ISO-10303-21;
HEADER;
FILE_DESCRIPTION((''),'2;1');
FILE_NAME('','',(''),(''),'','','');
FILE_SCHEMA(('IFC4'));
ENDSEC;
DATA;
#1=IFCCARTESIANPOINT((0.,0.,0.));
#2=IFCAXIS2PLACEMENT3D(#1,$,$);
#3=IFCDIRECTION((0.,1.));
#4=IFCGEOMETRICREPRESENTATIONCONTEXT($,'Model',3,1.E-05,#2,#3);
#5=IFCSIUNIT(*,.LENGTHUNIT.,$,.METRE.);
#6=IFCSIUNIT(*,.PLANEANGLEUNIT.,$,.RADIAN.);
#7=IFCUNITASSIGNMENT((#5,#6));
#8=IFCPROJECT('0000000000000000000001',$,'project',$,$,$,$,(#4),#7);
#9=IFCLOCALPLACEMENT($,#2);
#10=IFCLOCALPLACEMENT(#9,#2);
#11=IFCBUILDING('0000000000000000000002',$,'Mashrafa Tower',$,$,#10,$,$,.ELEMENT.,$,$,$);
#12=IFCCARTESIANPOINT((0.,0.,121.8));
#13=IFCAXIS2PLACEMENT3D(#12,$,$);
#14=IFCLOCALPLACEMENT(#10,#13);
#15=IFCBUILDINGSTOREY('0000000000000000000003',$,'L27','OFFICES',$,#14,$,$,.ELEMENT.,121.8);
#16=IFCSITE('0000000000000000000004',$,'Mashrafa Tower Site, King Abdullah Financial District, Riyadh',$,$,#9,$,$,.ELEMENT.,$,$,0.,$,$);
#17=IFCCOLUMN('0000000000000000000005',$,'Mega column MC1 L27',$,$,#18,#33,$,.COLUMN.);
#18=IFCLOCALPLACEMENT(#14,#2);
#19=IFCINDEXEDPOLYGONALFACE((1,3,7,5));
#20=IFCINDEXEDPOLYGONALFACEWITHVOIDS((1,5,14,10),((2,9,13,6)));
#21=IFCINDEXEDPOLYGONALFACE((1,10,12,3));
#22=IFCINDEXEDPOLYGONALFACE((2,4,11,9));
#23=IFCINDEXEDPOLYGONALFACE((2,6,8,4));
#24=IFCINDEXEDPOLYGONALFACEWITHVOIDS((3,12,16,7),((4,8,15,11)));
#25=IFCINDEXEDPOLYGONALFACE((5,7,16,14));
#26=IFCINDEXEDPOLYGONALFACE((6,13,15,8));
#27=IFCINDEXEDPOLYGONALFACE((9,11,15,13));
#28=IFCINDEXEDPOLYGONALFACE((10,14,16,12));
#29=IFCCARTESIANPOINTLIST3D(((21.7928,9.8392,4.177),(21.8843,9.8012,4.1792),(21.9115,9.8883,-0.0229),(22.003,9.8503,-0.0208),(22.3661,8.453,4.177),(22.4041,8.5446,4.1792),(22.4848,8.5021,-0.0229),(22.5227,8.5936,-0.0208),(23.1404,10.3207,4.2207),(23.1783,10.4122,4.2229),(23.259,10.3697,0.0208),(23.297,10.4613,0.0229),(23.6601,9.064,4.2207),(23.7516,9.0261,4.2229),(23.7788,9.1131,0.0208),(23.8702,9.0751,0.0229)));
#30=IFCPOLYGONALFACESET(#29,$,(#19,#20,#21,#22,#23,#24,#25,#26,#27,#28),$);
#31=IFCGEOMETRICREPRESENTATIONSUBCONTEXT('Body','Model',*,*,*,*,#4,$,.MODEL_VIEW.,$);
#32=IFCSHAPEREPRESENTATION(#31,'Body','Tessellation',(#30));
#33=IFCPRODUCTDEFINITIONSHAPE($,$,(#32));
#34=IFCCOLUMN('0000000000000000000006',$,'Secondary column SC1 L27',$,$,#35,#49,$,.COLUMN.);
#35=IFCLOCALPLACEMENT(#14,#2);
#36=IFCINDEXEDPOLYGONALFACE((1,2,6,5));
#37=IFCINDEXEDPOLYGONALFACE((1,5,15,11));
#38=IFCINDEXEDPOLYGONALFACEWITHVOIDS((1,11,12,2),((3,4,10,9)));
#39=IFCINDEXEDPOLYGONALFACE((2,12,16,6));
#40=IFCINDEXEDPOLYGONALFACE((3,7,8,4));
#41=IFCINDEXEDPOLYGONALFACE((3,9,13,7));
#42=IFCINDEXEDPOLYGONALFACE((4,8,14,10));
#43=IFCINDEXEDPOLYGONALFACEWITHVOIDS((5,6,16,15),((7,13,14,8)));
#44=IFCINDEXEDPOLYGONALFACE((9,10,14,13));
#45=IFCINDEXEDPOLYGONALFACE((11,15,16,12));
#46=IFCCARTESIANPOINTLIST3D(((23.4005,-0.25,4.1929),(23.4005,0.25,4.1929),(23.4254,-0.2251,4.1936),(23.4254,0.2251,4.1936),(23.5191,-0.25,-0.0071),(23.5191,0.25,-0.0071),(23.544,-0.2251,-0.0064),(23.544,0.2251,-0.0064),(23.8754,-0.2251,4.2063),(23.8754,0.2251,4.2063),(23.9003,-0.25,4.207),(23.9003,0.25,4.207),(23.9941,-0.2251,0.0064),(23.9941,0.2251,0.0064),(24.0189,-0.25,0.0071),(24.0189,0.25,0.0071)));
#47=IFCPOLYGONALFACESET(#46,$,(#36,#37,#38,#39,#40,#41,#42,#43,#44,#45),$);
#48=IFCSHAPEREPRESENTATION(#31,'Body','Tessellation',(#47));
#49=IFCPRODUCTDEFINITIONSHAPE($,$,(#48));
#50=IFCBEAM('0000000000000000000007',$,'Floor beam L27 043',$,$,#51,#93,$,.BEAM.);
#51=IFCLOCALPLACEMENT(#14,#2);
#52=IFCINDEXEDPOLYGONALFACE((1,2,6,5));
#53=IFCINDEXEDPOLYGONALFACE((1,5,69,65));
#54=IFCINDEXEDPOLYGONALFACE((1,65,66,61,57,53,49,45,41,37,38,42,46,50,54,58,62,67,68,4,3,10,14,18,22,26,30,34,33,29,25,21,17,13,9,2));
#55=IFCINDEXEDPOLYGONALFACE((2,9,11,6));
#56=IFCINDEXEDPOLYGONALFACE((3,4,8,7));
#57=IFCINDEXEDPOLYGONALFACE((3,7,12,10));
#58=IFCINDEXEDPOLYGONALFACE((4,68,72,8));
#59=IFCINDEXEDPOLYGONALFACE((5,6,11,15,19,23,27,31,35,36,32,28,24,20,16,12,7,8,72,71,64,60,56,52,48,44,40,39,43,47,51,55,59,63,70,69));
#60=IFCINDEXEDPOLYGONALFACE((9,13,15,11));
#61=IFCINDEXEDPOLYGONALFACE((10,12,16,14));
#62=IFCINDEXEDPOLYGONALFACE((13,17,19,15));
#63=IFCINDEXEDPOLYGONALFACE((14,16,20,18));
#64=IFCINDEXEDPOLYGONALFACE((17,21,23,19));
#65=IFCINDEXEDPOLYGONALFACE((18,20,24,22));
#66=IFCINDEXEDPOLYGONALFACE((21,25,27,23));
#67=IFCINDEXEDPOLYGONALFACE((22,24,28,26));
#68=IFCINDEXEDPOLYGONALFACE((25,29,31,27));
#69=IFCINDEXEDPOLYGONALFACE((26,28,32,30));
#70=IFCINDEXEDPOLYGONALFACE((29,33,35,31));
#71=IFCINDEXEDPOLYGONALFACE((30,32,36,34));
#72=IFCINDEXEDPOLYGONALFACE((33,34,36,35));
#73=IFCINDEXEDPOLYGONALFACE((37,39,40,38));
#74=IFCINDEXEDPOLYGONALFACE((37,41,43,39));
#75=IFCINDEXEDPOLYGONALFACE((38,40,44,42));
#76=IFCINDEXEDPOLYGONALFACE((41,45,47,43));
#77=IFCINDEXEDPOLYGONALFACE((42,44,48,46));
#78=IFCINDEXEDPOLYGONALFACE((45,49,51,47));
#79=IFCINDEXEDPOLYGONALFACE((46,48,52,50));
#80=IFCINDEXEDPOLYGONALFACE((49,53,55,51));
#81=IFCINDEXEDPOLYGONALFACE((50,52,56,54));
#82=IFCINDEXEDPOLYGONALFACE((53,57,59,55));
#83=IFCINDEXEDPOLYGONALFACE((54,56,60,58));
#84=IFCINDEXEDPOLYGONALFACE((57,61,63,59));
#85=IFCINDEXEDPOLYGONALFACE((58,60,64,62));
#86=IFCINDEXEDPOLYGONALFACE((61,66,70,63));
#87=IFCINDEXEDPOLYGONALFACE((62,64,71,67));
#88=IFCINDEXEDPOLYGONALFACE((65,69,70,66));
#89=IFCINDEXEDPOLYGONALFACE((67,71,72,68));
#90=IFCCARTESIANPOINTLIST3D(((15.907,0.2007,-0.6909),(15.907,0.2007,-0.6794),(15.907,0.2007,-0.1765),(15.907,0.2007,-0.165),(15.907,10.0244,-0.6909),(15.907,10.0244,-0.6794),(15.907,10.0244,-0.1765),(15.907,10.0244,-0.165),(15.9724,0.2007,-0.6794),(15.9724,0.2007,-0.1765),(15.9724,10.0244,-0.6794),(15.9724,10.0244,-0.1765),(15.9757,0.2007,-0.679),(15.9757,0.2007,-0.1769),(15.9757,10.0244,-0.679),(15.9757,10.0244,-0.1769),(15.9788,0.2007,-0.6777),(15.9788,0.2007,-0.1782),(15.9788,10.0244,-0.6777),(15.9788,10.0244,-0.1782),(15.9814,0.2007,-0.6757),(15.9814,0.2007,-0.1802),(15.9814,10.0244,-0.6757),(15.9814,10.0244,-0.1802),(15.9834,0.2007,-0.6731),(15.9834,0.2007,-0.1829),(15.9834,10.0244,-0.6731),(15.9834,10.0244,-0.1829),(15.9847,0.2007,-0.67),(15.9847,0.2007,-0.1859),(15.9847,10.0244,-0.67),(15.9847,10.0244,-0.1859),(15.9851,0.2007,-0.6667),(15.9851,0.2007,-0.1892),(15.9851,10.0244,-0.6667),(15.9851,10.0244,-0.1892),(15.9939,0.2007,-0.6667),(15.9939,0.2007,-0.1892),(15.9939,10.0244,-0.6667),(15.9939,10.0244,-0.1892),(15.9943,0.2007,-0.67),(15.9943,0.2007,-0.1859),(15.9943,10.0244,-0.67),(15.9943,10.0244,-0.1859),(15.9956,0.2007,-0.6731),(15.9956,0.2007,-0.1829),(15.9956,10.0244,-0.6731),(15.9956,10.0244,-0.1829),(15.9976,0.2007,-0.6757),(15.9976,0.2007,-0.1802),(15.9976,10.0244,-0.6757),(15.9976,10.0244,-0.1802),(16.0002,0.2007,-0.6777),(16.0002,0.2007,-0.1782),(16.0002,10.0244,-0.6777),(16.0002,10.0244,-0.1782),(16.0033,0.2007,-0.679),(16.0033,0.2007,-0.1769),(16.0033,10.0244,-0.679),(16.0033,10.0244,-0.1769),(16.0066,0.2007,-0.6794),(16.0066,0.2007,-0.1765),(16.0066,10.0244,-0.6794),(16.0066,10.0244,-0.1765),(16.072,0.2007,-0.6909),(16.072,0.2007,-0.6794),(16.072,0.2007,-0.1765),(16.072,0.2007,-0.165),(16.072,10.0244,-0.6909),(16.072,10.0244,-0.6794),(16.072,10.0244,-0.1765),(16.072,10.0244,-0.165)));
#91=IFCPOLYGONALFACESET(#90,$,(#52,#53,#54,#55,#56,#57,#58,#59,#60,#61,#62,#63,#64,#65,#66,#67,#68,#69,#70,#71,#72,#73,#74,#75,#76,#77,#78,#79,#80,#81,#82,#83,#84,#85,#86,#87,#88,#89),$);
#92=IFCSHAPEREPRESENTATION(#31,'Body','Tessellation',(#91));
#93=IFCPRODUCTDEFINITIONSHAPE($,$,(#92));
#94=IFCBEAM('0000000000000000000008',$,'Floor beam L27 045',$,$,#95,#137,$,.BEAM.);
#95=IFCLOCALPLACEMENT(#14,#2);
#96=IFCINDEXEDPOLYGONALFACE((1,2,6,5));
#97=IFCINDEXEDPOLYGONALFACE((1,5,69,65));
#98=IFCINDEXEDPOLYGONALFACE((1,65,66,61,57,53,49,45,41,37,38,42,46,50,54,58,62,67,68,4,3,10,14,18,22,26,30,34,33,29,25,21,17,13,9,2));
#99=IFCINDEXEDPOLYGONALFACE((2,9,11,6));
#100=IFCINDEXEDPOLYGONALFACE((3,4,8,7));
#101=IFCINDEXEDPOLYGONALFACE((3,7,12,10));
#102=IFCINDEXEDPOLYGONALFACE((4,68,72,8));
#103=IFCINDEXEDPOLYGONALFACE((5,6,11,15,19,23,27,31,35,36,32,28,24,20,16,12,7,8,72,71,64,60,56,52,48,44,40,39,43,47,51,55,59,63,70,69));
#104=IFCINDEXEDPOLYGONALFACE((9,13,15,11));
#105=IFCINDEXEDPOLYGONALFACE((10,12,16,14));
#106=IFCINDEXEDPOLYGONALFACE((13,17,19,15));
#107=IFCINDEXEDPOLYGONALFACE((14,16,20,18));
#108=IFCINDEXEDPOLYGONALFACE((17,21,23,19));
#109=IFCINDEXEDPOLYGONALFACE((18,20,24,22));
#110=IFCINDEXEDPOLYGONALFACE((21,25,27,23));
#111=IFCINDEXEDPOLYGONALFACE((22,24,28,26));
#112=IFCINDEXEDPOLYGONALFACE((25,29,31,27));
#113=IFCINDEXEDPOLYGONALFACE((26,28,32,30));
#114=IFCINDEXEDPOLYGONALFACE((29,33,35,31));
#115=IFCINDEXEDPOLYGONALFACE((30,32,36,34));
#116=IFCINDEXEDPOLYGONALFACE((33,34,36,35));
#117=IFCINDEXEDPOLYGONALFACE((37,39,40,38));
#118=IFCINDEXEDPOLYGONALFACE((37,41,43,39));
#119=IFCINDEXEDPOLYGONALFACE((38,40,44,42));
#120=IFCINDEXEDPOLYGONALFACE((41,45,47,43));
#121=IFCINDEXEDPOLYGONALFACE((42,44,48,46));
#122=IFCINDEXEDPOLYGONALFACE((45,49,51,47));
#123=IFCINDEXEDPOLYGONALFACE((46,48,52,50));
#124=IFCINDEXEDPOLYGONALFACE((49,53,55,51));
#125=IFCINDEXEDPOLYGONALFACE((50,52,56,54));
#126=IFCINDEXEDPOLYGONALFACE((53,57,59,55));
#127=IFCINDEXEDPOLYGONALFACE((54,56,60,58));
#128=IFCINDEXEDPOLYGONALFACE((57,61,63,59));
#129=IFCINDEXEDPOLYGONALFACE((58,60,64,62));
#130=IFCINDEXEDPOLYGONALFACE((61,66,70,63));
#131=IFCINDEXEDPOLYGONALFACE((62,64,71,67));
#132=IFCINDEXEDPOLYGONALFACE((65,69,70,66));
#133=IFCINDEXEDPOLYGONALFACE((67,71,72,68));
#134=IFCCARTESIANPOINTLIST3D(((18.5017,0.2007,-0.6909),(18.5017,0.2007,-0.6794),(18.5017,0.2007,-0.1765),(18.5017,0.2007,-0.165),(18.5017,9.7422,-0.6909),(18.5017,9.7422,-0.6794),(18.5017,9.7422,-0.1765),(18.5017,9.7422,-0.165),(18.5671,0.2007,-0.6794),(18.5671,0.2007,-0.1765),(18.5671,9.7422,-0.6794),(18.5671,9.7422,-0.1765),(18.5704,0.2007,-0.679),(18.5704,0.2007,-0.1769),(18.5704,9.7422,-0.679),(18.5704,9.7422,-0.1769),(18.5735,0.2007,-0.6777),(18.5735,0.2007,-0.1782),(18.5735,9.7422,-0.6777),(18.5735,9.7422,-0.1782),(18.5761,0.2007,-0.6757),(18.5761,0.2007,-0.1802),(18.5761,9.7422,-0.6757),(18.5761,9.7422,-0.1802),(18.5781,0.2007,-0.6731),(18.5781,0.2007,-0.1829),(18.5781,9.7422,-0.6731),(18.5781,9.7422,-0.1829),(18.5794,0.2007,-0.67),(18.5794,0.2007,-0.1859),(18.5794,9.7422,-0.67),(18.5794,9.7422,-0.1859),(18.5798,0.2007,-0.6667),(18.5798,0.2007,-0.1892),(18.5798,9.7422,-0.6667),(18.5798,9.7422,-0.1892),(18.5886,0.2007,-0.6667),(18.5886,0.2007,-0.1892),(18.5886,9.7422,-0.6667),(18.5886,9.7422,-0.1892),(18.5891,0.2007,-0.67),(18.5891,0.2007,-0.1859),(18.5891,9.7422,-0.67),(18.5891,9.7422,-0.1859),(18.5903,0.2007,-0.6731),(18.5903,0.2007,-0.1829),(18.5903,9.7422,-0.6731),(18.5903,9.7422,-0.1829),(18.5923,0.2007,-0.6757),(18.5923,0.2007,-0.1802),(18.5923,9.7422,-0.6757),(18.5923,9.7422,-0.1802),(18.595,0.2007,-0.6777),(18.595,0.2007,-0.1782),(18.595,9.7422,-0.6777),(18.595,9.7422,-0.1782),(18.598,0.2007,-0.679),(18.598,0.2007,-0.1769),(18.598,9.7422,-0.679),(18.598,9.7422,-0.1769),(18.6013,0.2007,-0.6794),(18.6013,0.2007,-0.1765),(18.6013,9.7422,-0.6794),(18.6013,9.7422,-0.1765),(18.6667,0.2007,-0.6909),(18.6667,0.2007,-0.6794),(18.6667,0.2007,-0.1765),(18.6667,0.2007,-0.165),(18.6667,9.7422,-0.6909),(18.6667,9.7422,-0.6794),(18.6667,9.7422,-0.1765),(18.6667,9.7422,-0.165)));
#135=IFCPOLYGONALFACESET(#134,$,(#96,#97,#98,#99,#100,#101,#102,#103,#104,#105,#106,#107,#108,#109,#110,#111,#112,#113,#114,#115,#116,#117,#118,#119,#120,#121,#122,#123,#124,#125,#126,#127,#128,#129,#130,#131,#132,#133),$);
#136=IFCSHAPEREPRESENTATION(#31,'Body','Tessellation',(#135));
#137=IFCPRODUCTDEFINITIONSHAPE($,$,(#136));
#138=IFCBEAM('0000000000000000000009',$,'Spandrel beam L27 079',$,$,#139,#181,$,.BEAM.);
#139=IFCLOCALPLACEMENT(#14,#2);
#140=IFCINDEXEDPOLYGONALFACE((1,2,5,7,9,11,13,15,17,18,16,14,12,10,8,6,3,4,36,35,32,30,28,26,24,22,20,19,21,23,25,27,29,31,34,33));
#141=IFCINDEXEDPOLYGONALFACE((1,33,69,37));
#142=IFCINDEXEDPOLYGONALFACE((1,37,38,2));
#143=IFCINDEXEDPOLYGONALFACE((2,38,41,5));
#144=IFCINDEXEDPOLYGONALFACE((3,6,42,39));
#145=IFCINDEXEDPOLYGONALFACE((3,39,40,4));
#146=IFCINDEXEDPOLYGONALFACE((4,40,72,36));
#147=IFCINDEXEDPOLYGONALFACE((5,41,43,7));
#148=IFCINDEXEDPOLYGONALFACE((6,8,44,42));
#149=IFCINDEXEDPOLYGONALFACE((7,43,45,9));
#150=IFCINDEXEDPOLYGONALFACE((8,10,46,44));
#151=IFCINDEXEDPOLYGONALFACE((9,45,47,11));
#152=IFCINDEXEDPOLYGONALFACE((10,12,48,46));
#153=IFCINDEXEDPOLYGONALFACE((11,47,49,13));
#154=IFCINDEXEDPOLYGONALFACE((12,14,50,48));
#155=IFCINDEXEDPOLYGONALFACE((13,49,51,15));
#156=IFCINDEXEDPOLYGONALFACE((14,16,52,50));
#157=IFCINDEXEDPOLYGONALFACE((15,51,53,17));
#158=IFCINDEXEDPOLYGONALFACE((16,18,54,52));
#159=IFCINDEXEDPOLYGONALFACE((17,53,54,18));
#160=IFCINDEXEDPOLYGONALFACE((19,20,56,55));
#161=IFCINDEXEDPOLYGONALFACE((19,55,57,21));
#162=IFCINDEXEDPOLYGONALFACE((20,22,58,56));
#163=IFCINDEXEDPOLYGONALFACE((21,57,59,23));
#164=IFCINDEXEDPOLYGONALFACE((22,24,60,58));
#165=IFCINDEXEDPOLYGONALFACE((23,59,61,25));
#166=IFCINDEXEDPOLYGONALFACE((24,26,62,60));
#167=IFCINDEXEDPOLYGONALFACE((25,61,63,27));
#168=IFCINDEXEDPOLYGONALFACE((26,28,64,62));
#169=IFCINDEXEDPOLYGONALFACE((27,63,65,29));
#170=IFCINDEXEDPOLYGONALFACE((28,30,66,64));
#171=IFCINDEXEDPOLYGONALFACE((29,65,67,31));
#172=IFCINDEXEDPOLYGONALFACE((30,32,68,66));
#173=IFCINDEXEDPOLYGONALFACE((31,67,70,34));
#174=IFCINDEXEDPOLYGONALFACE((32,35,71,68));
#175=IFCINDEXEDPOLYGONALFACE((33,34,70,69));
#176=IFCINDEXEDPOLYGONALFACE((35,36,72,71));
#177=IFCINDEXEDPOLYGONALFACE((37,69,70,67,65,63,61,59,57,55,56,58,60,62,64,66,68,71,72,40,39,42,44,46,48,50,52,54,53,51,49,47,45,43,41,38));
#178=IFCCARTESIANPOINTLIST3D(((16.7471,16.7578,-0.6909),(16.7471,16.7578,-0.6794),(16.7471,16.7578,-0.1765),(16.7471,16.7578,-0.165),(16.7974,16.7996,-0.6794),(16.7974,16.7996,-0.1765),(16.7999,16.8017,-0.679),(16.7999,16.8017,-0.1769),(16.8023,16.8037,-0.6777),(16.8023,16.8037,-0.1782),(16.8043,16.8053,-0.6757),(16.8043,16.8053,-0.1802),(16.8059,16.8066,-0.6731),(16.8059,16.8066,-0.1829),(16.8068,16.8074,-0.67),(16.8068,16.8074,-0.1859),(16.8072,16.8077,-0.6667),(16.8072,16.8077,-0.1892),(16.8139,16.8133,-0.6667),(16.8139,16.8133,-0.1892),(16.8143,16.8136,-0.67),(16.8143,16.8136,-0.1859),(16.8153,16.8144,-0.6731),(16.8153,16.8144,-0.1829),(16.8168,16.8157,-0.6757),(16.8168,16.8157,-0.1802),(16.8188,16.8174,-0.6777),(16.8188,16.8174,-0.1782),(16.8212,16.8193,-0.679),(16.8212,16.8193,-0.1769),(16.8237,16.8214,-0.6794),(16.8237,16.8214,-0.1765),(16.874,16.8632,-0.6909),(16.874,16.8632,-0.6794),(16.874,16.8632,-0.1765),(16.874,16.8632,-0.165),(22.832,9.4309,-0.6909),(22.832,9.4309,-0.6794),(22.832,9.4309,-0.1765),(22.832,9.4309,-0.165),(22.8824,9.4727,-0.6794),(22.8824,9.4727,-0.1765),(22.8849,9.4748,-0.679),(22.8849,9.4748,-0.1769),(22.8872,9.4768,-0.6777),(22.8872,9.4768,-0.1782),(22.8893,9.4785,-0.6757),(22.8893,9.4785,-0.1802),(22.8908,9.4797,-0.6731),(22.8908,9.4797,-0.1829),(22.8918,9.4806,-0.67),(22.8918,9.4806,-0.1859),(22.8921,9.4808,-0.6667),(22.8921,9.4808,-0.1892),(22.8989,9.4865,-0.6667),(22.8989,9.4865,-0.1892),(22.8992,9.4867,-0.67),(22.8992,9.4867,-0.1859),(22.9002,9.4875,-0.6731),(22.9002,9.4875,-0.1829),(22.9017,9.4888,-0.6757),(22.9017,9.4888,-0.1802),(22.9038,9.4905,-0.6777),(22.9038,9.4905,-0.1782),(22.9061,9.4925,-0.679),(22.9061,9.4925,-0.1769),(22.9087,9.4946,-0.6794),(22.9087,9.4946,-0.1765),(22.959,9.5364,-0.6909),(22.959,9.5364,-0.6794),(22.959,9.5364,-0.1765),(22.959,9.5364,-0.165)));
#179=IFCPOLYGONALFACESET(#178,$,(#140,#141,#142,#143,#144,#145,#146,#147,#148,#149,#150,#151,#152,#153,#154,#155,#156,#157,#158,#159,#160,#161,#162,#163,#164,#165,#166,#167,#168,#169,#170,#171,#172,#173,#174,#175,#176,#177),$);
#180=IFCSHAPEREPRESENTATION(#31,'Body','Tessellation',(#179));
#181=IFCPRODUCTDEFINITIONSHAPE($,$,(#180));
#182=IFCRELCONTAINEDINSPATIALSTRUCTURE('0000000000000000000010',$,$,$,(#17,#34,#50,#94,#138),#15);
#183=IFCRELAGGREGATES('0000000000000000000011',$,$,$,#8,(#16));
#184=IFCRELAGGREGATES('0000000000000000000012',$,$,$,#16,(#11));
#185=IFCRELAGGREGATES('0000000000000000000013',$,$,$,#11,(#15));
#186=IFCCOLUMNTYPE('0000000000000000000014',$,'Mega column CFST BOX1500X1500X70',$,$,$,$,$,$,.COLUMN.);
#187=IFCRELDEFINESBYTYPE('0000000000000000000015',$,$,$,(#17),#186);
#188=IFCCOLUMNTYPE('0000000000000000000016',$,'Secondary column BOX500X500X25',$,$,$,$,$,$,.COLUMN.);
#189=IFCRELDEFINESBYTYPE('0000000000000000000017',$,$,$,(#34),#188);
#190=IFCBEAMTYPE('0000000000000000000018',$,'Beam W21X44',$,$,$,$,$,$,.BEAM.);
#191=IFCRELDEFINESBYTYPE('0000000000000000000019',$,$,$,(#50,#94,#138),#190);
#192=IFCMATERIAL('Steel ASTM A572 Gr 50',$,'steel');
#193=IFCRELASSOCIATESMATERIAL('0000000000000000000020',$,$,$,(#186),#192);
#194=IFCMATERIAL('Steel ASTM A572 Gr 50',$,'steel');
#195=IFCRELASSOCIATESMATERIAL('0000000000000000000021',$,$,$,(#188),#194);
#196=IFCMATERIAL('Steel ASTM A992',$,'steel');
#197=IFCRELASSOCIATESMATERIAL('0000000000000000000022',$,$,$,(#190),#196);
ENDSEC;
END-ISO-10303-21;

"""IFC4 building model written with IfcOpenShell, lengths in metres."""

from ifc_helpers import new_model, si_unit, direction, frame, origin, origin_2d, place, context, subcontext, project, spatial, hollow_rectangle, i_section, extrude, material, material_profile, profile_set, type_object, element, save


model = new_model("IFC4")

# Units and contexts
model_context = context("Model", 3, precision=1e-05, world=origin(), true_north=direction((0.0, 1.0)))
body_context = subcontext(model_context, "Body", "Model", "MODEL_VIEW")
ifc_project = project(units=[si_unit("LENGTHUNIT", "METRE"), si_unit("PLANEANGLEUNIT", "RADIAN")], contexts=[model_context])

# Site, building, storey
site_placement = place(None, origin())
site = spatial("IfcSite", under=ifc_project, at=site_placement, Name="Mashrafa Tower Site, King Abdullah Financial District, Riyadh", CompositionType="ELEMENT", RefElevation=0.0)
building_placement = place(site_placement, origin())
building = spatial("IfcBuilding", under=site, at=building_placement, Name="Mashrafa Tower", CompositionType="ELEMENT")
storey_placement = place(building_placement, frame((0.0, 0.0, 121.8)))
storey = spatial("IfcBuildingStorey", under=building, at=storey_placement, Name="L27", Description="OFFICES", CompositionType="ELEMENT", Elevation=121.8)

# Columns
ifc_material_1 = material(Name="Steel ASTM A572 Gr 50", Category="steel")
ifc_material_profile_1 = material_profile(ifc_material_1, hollow_rectangle(XDim=1.5, YDim=1.5, WallThickness=0.0701, at=origin_2d()), Name="BOX1500X1500X70")
ifc_profile_set_1 = profile_set([ifc_material_profile_1], Name="Steel ASTM A572 Gr 50")
column_type_1 = type_object("IfcColumnType", Name="Mega column CFST BOX1500X1500X70", PredefinedType="COLUMN", material=ifc_profile_set_1)
column_1_placement = place(storey_placement, frame((22.8909, 9.4817, 0.0), z_axis=(-0.028238, -0.011679, 0.999533), x_axis=(0.382184, -0.924086, 0.0)))
element("IfcColumn", 1, at=column_1_placement, inside=storey, type_object=column_type_1, Name="Mega column MC1 L27", PredefinedType="COLUMN", context=body_context, shape_type="SweptSolid", body=[
    extrude(hollow_rectangle(XDim=1.5, YDim=1.5, WallThickness=0.0701, at=origin_2d()), origin(), (0.0, 0.0, 1.0), 4.2019),
])
ifc_material_2 = material(Name="Steel ASTM A572 Gr 50", Category="steel")
ifc_material_profile_2 = material_profile(ifc_material_2, hollow_rectangle(XDim=0.5, YDim=0.5, WallThickness=0.0249, at=origin_2d()), Name="BOX500X500X25")
ifc_profile_set_2 = profile_set([ifc_material_profile_2], Name="Steel ASTM A572 Gr 50")
column_type_2 = type_object("IfcColumnType", Name="Secondary column BOX500X500X25", PredefinedType="COLUMN", material=ifc_profile_set_2)
column_2_placement = place(storey_placement, frame((23.769, 0.0, 0.0), z_axis=(-0.02824, 0.0, 0.999601), x_axis=(0.0, -1.0, 0.0)))
element("IfcColumn", 2, at=column_2_placement, inside=storey, type_object=column_type_2, Name="Secondary column SC1 L27", PredefinedType="COLUMN", context=body_context, shape_type="SweptSolid", body=[
    extrude(hollow_rectangle(XDim=0.5, YDim=0.5, WallThickness=0.0249, at=origin_2d()), origin(), (0.0, 0.0, 1.0), 4.2017),
])

# Beams
ifc_material_3 = material(Name="Steel ASTM A992", Category="steel")
ifc_material_profile_3 = material_profile(ifc_material_3, i_section(OverallWidth=0.165, OverallDepth=0.5259, WebThickness=0.0088, FlangeThickness=0.0115, FilletRadius=0.0127, at=origin_2d()), Name="W21X44")
ifc_profile_set_3 = profile_set([ifc_material_profile_3], Name="Steel ASTM A992")
beam_type_1 = type_object("IfcBeamType", Name="Beam W21X44", PredefinedType="BEAM", material=ifc_profile_set_3)
beam_1_placement = place(storey_placement, frame((15.9895, 10.0244, -0.428), z_axis=(0.0, -1.0, 0.0), x_axis=(1.0, 0.0, 0.0)))
element("IfcBeam", 3, at=beam_1_placement, inside=storey, type_object=beam_type_1, Name="Floor beam L27 043", PredefinedType="BEAM", context=body_context, shape_type="SweptSolid", body=[
    extrude(i_section(OverallWidth=0.165, OverallDepth=0.5259, WebThickness=0.0088, FlangeThickness=0.0115, FilletRadius=0.0127, at=origin_2d()), origin(), (0.0, 0.0, 1.0), 9.8237),
])
beam_2_placement = place(storey_placement, frame((18.5842, 9.7422, -0.428), z_axis=(0.0, -1.0, 0.0), x_axis=(1.0, 0.0, 0.0)))
element("IfcBeam", 4, at=beam_2_placement, inside=storey, type_object=beam_type_1, Name="Floor beam L27 045", PredefinedType="BEAM", context=body_context, shape_type="SweptSolid", body=[
    extrude(i_section(OverallWidth=0.165, OverallDepth=0.5259, WebThickness=0.0088, FlangeThickness=0.0115, FilletRadius=0.0127, at=origin_2d()), origin(), (0.0, 0.0, 1.0), 9.5415),
])
for number, where, z_axis, x_axis, name in (
    (5, (22.8955, 9.4836, -0.428), (-0.638895, 0.769294, 0.0), (-0.769294, -0.638895, 0.0), "Spandrel beam L27 079"),
):
    element("IfcBeam", number, at=place(storey_placement, frame(where, z_axis=z_axis, x_axis=x_axis)), inside=storey, type_object=beam_type_1, Name=name, PredefinedType="BEAM", context=body_context, shape_type="SweptSolid", body=[
        extrude(i_section(OverallWidth=0.165, OverallDepth=0.5259, WebThickness=0.0088, FlangeThickness=0.0115, FilletRadius=0.0127, at=origin_2d()), origin(), (0.0, 0.0, 1.0), 9.5242),
    ])

save(model, "model.ifc")
